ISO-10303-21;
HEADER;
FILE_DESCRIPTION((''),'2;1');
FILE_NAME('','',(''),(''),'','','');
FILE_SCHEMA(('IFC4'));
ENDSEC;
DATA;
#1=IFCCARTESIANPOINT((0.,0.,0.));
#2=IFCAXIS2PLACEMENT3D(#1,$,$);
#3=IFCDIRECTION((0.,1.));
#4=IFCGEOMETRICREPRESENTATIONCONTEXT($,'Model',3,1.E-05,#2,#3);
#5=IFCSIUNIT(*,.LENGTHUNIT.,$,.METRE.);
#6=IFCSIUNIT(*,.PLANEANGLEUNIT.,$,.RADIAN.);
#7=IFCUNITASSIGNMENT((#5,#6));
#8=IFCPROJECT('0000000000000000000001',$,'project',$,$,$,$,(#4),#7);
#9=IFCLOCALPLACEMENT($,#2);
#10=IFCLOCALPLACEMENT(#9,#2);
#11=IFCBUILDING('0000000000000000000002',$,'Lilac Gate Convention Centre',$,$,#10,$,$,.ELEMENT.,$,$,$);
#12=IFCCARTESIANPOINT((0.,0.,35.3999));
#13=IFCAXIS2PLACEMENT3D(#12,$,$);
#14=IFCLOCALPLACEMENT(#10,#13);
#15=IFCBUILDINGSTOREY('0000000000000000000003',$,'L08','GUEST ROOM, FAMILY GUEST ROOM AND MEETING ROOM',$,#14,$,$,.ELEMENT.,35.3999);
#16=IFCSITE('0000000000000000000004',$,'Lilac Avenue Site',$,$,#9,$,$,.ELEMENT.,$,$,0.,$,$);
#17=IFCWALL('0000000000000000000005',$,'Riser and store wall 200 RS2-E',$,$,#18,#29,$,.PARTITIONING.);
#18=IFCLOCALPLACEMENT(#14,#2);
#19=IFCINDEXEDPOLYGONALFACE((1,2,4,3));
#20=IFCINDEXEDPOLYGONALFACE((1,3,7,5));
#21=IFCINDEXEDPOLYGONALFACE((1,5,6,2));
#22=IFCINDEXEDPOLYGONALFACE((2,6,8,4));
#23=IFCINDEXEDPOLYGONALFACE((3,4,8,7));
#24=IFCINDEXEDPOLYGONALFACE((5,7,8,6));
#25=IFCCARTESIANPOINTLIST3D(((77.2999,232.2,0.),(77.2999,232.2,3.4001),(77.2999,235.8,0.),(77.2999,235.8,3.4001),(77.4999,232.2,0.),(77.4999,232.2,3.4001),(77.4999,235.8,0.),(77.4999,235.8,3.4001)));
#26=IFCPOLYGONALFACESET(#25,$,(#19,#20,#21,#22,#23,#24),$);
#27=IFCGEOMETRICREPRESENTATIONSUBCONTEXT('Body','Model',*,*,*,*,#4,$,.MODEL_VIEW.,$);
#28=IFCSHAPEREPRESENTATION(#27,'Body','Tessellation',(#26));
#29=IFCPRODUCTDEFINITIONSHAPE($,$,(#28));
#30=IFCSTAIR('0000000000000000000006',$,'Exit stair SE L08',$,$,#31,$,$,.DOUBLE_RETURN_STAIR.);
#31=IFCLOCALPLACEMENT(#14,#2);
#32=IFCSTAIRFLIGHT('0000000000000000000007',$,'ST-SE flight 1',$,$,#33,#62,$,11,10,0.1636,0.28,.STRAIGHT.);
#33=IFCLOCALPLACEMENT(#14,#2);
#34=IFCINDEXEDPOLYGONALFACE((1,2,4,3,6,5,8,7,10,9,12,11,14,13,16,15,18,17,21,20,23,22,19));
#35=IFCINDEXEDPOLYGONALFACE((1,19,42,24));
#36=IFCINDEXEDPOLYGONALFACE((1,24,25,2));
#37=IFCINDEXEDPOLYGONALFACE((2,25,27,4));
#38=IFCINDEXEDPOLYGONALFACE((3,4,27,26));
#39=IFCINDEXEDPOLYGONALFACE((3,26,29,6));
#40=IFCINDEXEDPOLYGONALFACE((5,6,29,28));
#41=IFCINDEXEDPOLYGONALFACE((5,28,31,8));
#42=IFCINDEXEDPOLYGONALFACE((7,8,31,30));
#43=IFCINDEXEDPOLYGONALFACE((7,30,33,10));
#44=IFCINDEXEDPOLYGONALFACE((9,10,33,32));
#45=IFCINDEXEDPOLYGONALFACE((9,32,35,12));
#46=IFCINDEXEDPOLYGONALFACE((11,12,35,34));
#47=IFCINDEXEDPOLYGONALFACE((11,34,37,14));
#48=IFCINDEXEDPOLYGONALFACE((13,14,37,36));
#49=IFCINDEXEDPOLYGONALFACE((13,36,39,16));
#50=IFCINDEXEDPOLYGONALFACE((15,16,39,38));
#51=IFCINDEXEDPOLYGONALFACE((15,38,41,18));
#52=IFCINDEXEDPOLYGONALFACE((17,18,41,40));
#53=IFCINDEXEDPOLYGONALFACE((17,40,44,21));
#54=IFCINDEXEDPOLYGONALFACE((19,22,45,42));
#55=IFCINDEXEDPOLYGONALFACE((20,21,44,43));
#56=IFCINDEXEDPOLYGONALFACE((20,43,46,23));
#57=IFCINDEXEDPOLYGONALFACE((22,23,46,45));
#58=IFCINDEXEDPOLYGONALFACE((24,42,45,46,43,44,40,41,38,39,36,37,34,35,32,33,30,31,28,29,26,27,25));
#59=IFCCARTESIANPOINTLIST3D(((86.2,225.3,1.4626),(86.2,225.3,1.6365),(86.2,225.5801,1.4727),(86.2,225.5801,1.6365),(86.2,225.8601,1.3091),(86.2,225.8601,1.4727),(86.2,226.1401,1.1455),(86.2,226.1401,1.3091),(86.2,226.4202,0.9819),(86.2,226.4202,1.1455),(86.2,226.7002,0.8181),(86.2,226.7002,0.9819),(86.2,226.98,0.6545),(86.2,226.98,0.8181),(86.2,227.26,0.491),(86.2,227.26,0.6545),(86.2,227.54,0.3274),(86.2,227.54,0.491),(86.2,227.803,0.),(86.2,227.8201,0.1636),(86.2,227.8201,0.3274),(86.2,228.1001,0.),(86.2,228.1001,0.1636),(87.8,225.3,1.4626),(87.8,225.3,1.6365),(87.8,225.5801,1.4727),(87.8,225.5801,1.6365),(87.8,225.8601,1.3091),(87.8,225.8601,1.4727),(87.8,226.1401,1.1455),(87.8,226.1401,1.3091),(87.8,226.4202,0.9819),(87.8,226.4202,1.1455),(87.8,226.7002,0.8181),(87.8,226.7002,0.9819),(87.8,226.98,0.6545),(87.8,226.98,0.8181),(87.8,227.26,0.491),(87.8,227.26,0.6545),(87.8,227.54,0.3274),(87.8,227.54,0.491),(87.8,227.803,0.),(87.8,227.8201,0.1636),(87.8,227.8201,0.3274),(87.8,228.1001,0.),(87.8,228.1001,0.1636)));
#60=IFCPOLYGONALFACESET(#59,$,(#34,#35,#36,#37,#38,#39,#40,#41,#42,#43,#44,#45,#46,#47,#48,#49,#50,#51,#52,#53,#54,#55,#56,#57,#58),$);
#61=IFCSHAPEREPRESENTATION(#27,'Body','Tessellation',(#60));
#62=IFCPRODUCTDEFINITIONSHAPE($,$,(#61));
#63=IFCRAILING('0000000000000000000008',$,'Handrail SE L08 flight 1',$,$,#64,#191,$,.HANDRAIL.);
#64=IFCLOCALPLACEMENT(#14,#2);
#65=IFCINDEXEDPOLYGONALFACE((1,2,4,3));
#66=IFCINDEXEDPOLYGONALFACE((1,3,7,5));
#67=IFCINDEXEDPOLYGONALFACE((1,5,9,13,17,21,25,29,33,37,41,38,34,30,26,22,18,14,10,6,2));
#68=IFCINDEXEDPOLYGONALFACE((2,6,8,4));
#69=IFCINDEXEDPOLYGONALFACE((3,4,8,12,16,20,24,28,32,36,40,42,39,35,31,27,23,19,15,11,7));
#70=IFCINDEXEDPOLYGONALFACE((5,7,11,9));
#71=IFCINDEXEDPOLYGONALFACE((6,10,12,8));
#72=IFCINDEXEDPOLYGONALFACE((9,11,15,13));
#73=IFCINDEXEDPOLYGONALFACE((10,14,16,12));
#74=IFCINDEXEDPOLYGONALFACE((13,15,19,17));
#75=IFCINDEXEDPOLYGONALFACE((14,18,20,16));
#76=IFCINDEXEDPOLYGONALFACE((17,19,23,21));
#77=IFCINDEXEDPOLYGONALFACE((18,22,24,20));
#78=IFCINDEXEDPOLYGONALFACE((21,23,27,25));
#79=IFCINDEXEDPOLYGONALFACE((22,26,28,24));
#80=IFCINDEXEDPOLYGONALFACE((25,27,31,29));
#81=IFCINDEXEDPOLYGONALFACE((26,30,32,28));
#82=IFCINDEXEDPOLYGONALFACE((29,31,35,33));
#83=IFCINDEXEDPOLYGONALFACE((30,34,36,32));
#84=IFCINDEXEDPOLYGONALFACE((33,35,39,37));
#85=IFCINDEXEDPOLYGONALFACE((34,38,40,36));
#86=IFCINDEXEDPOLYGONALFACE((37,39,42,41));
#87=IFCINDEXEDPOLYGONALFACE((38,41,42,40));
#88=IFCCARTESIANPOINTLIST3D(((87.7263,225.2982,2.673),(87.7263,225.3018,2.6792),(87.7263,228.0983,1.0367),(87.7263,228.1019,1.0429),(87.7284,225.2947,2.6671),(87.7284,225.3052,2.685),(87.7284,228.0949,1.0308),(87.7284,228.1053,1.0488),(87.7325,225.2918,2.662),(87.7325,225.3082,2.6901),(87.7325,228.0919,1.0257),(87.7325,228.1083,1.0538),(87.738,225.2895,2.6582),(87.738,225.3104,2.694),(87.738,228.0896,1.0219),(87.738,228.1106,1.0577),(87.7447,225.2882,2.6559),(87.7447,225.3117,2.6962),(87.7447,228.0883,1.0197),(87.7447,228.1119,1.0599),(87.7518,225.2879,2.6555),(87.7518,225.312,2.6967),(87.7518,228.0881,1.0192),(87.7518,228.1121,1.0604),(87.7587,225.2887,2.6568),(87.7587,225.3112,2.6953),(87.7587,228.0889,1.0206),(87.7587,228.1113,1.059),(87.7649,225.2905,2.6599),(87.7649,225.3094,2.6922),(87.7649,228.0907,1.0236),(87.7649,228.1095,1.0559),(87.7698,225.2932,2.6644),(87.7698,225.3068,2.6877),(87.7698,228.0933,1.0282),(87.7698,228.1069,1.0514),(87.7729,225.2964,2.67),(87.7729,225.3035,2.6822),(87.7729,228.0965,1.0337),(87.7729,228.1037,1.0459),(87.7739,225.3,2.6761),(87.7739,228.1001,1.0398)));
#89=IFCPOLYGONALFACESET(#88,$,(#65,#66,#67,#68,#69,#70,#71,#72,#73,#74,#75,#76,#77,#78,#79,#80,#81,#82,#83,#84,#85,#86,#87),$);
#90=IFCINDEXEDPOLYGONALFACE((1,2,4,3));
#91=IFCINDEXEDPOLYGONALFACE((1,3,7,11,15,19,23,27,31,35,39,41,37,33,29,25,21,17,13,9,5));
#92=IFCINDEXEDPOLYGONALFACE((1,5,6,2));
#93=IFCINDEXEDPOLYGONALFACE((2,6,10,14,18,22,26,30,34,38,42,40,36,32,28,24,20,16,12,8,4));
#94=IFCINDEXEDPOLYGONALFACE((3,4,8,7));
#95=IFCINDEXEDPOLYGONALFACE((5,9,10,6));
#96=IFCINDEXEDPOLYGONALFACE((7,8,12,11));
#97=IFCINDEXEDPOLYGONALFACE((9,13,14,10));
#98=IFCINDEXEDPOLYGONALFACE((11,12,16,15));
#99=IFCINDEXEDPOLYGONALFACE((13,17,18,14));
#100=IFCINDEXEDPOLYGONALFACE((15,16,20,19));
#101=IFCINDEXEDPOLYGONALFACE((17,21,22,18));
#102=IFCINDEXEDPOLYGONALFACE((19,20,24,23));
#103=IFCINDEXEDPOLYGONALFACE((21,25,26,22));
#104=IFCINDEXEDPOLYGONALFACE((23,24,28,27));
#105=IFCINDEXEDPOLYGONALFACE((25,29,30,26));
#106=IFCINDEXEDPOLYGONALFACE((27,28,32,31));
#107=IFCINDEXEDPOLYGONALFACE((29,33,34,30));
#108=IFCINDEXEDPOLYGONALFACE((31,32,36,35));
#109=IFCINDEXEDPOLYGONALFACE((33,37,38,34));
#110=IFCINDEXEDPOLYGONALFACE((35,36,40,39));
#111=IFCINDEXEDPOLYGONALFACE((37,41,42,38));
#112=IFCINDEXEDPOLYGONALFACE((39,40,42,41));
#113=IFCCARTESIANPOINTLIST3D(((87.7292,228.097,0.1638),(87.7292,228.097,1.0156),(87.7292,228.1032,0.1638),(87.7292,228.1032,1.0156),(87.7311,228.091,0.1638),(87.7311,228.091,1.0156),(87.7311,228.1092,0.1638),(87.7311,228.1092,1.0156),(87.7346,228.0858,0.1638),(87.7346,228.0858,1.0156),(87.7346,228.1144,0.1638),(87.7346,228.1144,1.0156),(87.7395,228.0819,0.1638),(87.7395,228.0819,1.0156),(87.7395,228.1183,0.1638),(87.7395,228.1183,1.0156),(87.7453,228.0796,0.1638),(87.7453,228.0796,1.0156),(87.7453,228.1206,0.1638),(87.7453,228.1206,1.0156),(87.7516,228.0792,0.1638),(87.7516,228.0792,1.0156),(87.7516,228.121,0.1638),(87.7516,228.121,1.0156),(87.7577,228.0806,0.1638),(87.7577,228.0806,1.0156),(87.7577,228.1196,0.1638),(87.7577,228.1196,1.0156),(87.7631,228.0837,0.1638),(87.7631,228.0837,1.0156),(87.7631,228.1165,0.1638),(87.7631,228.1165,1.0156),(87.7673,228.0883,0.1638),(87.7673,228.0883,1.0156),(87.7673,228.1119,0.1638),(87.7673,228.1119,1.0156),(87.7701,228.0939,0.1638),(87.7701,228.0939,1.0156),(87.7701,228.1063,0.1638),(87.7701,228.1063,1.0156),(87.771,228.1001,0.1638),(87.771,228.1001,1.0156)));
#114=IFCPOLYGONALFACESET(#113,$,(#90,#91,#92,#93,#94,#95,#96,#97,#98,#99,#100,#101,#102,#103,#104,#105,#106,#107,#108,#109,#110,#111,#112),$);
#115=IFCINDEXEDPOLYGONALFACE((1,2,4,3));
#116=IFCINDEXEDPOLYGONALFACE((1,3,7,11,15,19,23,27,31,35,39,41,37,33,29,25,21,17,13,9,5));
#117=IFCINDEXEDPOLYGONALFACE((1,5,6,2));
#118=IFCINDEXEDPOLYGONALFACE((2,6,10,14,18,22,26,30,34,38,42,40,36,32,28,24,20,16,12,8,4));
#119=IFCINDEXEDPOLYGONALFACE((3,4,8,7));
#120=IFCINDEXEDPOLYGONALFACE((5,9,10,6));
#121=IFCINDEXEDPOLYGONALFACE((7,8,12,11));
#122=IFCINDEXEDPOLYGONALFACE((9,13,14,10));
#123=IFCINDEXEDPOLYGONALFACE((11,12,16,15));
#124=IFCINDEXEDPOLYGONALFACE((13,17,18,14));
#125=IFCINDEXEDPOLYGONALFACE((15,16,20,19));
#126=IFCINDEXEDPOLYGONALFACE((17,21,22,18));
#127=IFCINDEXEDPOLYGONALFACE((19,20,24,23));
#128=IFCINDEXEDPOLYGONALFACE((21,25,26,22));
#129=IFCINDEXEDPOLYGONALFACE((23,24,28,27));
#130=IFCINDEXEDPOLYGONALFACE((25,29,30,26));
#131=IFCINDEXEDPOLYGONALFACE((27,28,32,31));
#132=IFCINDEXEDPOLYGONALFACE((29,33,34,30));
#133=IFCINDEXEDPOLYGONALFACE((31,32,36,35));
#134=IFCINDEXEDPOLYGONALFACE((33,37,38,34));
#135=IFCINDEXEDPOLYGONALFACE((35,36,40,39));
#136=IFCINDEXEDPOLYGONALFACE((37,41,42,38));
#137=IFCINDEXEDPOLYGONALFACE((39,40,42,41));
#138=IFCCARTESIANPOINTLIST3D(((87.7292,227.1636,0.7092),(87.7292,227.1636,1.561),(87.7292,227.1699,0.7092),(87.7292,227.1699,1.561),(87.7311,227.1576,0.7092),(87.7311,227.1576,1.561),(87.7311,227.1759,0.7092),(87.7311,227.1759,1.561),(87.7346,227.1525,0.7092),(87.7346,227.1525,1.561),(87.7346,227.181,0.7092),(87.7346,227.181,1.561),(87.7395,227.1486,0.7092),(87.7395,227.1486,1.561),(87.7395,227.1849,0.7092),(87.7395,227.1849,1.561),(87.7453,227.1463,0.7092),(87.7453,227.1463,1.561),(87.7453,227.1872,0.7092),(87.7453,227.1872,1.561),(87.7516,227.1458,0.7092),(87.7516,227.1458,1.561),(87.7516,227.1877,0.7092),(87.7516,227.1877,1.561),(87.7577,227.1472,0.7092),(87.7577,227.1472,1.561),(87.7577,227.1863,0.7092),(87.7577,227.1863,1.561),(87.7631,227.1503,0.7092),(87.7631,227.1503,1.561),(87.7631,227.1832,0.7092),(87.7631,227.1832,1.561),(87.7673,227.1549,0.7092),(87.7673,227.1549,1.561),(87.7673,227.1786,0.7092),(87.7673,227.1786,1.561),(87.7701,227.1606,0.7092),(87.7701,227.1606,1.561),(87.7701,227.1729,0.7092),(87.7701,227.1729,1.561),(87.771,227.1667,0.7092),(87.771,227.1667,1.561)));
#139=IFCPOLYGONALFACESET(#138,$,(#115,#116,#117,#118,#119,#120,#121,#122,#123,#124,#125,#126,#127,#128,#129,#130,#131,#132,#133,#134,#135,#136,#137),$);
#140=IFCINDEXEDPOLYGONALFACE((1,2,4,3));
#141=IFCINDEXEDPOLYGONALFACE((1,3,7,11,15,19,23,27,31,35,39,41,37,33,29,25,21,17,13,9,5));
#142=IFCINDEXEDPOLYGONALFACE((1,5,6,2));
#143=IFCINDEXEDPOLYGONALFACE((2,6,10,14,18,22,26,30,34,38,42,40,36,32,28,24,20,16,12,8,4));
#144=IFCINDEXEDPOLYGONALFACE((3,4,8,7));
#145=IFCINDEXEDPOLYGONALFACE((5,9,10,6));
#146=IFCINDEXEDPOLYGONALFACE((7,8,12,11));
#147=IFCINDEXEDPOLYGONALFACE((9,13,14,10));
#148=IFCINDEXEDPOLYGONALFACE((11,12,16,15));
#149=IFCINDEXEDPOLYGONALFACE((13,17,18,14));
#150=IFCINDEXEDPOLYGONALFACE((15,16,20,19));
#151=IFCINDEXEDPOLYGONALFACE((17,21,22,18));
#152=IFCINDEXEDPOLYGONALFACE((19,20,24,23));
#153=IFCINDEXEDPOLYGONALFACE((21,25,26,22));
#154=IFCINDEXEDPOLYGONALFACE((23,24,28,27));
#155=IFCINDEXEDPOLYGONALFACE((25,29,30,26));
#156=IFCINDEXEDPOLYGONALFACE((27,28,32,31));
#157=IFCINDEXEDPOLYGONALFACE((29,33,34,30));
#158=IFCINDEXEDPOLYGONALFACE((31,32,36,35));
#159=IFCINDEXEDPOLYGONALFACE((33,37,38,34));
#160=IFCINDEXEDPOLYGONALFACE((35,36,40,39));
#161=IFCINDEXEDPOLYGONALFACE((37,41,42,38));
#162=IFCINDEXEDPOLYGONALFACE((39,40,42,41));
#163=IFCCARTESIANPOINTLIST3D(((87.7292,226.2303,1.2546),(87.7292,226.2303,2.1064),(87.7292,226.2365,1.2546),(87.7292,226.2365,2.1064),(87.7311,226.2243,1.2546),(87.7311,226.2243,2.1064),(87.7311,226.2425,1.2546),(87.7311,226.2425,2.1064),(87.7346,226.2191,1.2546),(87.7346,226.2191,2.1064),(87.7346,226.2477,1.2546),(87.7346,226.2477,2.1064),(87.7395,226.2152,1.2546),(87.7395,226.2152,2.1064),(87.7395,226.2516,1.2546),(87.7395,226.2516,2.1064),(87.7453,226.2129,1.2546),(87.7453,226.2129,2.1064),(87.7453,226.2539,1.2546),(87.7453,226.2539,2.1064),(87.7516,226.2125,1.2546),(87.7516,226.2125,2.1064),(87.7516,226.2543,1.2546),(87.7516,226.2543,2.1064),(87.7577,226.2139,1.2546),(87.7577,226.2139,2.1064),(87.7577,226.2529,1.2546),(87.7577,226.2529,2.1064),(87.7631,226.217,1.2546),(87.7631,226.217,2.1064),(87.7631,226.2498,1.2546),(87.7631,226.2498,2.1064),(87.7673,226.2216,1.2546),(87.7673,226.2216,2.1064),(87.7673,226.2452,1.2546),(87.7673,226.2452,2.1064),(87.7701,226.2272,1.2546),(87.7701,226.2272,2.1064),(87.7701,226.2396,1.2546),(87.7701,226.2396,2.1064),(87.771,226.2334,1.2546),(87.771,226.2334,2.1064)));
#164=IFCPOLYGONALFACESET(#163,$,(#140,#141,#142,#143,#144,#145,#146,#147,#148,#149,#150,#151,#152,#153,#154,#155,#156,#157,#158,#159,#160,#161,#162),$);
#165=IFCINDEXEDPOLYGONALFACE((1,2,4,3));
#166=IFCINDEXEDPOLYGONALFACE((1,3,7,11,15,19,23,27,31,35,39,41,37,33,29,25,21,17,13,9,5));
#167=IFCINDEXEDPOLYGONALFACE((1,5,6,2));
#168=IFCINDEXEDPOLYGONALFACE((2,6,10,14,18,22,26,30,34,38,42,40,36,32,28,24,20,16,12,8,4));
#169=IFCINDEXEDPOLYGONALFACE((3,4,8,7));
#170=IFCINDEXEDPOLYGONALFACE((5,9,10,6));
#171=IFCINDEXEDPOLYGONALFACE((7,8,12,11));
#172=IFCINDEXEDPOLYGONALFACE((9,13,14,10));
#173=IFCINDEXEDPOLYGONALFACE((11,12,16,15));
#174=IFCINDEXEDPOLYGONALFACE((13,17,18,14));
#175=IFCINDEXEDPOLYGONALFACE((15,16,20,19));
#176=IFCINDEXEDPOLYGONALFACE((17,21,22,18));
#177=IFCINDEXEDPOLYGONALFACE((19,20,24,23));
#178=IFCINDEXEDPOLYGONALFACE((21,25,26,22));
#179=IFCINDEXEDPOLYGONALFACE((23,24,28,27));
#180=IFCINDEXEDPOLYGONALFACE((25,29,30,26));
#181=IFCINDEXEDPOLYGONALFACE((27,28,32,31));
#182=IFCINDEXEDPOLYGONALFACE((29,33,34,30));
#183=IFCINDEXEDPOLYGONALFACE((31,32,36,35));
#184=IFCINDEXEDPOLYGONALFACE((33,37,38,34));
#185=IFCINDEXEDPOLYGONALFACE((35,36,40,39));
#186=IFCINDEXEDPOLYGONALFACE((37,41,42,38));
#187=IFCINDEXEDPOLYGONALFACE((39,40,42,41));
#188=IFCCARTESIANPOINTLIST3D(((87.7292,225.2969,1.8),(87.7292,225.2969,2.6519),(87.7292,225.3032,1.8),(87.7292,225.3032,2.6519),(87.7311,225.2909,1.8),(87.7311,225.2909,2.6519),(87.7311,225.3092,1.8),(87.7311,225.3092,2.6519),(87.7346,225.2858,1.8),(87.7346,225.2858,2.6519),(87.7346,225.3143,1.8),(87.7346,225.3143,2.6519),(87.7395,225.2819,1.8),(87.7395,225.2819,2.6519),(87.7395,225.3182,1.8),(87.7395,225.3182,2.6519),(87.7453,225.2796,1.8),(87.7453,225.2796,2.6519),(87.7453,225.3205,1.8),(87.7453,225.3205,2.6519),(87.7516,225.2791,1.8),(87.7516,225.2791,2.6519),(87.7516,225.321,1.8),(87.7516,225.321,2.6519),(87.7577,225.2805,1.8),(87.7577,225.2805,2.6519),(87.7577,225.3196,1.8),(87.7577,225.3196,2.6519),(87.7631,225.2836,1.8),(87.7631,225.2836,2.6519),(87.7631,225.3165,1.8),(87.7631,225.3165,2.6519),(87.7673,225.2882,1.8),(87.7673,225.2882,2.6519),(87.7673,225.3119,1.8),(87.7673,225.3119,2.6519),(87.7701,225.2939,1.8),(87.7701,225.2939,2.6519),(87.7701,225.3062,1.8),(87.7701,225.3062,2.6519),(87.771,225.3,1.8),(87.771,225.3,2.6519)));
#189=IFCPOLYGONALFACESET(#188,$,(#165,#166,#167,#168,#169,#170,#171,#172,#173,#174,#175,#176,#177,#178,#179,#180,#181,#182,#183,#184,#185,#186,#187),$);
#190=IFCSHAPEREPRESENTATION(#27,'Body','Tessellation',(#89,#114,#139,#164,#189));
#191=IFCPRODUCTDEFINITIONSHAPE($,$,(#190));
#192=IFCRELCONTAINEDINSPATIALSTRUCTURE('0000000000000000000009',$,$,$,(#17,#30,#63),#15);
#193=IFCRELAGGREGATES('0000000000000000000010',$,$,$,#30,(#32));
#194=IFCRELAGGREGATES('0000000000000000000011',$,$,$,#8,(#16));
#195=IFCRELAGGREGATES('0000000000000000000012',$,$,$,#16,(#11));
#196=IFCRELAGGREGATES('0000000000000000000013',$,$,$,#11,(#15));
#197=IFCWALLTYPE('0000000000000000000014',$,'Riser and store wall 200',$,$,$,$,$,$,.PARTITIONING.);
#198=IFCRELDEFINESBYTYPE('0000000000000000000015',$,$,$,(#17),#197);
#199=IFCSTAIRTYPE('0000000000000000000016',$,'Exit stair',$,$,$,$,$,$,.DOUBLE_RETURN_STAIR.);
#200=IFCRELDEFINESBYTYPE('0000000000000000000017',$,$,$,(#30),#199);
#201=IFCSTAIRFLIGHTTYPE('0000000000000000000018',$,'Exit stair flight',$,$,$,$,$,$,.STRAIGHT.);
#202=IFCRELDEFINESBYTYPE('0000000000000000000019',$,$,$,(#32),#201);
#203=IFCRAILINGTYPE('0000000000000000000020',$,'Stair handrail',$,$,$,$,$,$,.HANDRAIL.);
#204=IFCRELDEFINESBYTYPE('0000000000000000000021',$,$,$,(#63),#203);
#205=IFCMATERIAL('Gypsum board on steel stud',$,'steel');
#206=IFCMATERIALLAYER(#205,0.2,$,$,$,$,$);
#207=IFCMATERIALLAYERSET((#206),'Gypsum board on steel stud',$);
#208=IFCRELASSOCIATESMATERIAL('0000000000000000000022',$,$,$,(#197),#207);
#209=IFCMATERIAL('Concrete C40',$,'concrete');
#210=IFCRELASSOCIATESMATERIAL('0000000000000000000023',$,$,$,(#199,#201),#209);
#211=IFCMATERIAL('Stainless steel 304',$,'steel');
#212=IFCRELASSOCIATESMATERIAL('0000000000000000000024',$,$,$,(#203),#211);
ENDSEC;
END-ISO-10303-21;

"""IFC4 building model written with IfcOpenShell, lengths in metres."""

from ifc_helpers import new_model, si_unit, direction, frame, frame_2d, origin, origin_2d, place, context, subcontext, project, spatial, polyline, rectangle, circle, outline, extrude, material, layer, layer_set, type_object, element, aggregate, save


model = new_model("IFC4")

# Units and contexts
model_context = context("Model", 3, precision=1e-05, world=origin(), true_north=direction((0.0, 1.0)))
body_context = subcontext(model_context, "Body", "Model", "MODEL_VIEW")
ifc_project = project(units=[si_unit("LENGTHUNIT", "METRE"), si_unit("PLANEANGLEUNIT", "RADIAN")], contexts=[model_context])

# Site, building, storey
site_placement = place(None, origin())
site = spatial("IfcSite", under=ifc_project, at=site_placement, Name="Lilac Avenue Site", CompositionType="ELEMENT", RefElevation=0.0)
building_placement = place(site_placement, origin())
building = spatial("IfcBuilding", under=site, at=building_placement, Name="Lilac Gate Convention Centre", CompositionType="ELEMENT")
storey_placement = place(building_placement, frame((0.0, 0.0, 35.3999)))
storey = spatial("IfcBuildingStorey", under=building, at=storey_placement, Name="L08", Description="GUEST ROOM, FAMILY GUEST ROOM AND MEETING ROOM", CompositionType="ELEMENT", Elevation=35.3999)

# Shared definitions
ifc_material_1 = material(Name="Stainless steel 304", Category="steel")
ifc_material_2 = material(Name="Gypsum board on steel stud", Category="steel")

# Wall
ifc_layer_1 = layer(ifc_material_2, 0.2)
ifc_layer_set_1 = layer_set([ifc_layer_1], Name="Gypsum board on steel stud")
wall_type_1 = type_object("IfcWallType", Name="Riser and store wall 200", PredefinedType="PARTITIONING", material=ifc_layer_set_1)
wall_1_placement = place(storey_placement, frame((77.3999, 232.2, 0.0), z_axis=(0.0, 0.0, 1.0), x_axis=(0.0, 1.0, 0.0)))
element("IfcWall", 1, at=wall_1_placement, inside=storey, type_object=wall_type_1, Name="Riser and store wall 200 RS2-E", PredefinedType="PARTITIONING", context=body_context, shape_type="SweptSolid", body=[
    extrude(rectangle(XDim=3.6001, YDim=0.2, at=frame_2d((1.8, 0.0))), origin(), (0.0, 0.0, 1.0), 3.4001),
])

# Stair, stair flight
ifc_material_3 = material(Name="Concrete C40", Category="concrete")
stair_type = type_object("IfcStairType", Name="Exit stair", PredefinedType="DOUBLE_RETURN_STAIR", material=ifc_material_3)
stair_placement = place(storey_placement, origin())
stair = element("IfcStair", 2, at=stair_placement, inside=storey, type_object=stair_type, Name="Exit stair SE L08", PredefinedType="DOUBLE_RETURN_STAIR")
stair_flight_type = type_object("IfcStairFlightType", Name="Exit stair flight", PredefinedType="STRAIGHT", material=ifc_material_3)
stair_flight_placement = place(storey_placement, frame((87.0, 228.1001, 0.0), z_axis=(0.0, 0.0, 1.0), x_axis=(0.0, -1.0, 0.0)))
stair_flight = element("IfcStairFlight", 3, at=stair_flight_placement, type_object=stair_flight_type, Name="ST-SE flight 1", NumberOfRisers=11, NumberOfTreads=10, PredefinedType="STRAIGHT", RiserHeight=0.1636, TreadLength=0.28, context=body_context, shape_type="SweptSolid", body=[
    extrude(outline(polyline([(0.0, 0.0), (0.0, 0.1636), (0.28, 0.1636), (0.28, 0.3274), (0.5601, 0.3274), (0.5601, 0.491), (0.8401, 0.491), (0.8401, 0.6545), (1.1201, 0.6545), (1.1201, 0.8181), (1.3999, 0.8181), (1.3999, 0.9819), (1.6799, 0.9819), (1.6799, 1.1455), (1.96, 1.1455), (1.96, 1.3091), (2.24, 1.3091), (2.24, 1.4727), (2.52, 1.4727), (2.52, 1.6365), (2.8, 1.6365), (2.8, 1.8), (2.8, 1.4626), (0.2971, 0.0), (0.0, 0.0)])), frame((0.0, 0.8, 0.0), z_axis=(0.0, -1.0, 0.0), x_axis=(1.0, 0.0, 0.0)), (0.0, 0.0, 1.0), 1.6001),
])
aggregate(stair, [stair_flight])

# Railing
railing_type = type_object("IfcRailingType", Name="Stair handrail", PredefinedType="HANDRAIL", material=ifc_material_1)
for number, where, name in (
    (4, (87.75, 228.1001, 0.1638), "Handrail SE L08 flight 1"),
):
    element("IfcRailing", number, at=place(storey_placement, frame(where)), inside=storey, type_object=railing_type, Name=name, PredefinedType="HANDRAIL", context=body_context, shape_type="SweptSolid", body=[
        extrude(circle(Radius=0.0239, at=origin_2d()), frame((0.0, 0.0, 0.876), z_axis=(0.0, -0.863394, 0.504531), x_axis=(1.0, 0.0, 0.0)), (0.0, 0.0, 1.0), 3.2432),
        extrude(circle(Radius=0.021, at=origin_2d()), origin(), (0.0, 0.0, 1.0), 0.8518),
        extrude(circle(Radius=0.021, at=origin_2d()), frame((0.0, -0.9333, 0.5454)), (0.0, 0.0, 1.0), 0.8518),
        extrude(circle(Radius=0.021, at=origin_2d()), frame((0.0, -1.8667, 1.0908)), (0.0, 0.0, 1.0), 0.8518),
        extrude(circle(Radius=0.021, at=origin_2d()), frame((0.0, -2.8, 1.6362)), (0.0, 0.0, 1.0), 0.8518),
    ])

save(model, "model.ifc")
